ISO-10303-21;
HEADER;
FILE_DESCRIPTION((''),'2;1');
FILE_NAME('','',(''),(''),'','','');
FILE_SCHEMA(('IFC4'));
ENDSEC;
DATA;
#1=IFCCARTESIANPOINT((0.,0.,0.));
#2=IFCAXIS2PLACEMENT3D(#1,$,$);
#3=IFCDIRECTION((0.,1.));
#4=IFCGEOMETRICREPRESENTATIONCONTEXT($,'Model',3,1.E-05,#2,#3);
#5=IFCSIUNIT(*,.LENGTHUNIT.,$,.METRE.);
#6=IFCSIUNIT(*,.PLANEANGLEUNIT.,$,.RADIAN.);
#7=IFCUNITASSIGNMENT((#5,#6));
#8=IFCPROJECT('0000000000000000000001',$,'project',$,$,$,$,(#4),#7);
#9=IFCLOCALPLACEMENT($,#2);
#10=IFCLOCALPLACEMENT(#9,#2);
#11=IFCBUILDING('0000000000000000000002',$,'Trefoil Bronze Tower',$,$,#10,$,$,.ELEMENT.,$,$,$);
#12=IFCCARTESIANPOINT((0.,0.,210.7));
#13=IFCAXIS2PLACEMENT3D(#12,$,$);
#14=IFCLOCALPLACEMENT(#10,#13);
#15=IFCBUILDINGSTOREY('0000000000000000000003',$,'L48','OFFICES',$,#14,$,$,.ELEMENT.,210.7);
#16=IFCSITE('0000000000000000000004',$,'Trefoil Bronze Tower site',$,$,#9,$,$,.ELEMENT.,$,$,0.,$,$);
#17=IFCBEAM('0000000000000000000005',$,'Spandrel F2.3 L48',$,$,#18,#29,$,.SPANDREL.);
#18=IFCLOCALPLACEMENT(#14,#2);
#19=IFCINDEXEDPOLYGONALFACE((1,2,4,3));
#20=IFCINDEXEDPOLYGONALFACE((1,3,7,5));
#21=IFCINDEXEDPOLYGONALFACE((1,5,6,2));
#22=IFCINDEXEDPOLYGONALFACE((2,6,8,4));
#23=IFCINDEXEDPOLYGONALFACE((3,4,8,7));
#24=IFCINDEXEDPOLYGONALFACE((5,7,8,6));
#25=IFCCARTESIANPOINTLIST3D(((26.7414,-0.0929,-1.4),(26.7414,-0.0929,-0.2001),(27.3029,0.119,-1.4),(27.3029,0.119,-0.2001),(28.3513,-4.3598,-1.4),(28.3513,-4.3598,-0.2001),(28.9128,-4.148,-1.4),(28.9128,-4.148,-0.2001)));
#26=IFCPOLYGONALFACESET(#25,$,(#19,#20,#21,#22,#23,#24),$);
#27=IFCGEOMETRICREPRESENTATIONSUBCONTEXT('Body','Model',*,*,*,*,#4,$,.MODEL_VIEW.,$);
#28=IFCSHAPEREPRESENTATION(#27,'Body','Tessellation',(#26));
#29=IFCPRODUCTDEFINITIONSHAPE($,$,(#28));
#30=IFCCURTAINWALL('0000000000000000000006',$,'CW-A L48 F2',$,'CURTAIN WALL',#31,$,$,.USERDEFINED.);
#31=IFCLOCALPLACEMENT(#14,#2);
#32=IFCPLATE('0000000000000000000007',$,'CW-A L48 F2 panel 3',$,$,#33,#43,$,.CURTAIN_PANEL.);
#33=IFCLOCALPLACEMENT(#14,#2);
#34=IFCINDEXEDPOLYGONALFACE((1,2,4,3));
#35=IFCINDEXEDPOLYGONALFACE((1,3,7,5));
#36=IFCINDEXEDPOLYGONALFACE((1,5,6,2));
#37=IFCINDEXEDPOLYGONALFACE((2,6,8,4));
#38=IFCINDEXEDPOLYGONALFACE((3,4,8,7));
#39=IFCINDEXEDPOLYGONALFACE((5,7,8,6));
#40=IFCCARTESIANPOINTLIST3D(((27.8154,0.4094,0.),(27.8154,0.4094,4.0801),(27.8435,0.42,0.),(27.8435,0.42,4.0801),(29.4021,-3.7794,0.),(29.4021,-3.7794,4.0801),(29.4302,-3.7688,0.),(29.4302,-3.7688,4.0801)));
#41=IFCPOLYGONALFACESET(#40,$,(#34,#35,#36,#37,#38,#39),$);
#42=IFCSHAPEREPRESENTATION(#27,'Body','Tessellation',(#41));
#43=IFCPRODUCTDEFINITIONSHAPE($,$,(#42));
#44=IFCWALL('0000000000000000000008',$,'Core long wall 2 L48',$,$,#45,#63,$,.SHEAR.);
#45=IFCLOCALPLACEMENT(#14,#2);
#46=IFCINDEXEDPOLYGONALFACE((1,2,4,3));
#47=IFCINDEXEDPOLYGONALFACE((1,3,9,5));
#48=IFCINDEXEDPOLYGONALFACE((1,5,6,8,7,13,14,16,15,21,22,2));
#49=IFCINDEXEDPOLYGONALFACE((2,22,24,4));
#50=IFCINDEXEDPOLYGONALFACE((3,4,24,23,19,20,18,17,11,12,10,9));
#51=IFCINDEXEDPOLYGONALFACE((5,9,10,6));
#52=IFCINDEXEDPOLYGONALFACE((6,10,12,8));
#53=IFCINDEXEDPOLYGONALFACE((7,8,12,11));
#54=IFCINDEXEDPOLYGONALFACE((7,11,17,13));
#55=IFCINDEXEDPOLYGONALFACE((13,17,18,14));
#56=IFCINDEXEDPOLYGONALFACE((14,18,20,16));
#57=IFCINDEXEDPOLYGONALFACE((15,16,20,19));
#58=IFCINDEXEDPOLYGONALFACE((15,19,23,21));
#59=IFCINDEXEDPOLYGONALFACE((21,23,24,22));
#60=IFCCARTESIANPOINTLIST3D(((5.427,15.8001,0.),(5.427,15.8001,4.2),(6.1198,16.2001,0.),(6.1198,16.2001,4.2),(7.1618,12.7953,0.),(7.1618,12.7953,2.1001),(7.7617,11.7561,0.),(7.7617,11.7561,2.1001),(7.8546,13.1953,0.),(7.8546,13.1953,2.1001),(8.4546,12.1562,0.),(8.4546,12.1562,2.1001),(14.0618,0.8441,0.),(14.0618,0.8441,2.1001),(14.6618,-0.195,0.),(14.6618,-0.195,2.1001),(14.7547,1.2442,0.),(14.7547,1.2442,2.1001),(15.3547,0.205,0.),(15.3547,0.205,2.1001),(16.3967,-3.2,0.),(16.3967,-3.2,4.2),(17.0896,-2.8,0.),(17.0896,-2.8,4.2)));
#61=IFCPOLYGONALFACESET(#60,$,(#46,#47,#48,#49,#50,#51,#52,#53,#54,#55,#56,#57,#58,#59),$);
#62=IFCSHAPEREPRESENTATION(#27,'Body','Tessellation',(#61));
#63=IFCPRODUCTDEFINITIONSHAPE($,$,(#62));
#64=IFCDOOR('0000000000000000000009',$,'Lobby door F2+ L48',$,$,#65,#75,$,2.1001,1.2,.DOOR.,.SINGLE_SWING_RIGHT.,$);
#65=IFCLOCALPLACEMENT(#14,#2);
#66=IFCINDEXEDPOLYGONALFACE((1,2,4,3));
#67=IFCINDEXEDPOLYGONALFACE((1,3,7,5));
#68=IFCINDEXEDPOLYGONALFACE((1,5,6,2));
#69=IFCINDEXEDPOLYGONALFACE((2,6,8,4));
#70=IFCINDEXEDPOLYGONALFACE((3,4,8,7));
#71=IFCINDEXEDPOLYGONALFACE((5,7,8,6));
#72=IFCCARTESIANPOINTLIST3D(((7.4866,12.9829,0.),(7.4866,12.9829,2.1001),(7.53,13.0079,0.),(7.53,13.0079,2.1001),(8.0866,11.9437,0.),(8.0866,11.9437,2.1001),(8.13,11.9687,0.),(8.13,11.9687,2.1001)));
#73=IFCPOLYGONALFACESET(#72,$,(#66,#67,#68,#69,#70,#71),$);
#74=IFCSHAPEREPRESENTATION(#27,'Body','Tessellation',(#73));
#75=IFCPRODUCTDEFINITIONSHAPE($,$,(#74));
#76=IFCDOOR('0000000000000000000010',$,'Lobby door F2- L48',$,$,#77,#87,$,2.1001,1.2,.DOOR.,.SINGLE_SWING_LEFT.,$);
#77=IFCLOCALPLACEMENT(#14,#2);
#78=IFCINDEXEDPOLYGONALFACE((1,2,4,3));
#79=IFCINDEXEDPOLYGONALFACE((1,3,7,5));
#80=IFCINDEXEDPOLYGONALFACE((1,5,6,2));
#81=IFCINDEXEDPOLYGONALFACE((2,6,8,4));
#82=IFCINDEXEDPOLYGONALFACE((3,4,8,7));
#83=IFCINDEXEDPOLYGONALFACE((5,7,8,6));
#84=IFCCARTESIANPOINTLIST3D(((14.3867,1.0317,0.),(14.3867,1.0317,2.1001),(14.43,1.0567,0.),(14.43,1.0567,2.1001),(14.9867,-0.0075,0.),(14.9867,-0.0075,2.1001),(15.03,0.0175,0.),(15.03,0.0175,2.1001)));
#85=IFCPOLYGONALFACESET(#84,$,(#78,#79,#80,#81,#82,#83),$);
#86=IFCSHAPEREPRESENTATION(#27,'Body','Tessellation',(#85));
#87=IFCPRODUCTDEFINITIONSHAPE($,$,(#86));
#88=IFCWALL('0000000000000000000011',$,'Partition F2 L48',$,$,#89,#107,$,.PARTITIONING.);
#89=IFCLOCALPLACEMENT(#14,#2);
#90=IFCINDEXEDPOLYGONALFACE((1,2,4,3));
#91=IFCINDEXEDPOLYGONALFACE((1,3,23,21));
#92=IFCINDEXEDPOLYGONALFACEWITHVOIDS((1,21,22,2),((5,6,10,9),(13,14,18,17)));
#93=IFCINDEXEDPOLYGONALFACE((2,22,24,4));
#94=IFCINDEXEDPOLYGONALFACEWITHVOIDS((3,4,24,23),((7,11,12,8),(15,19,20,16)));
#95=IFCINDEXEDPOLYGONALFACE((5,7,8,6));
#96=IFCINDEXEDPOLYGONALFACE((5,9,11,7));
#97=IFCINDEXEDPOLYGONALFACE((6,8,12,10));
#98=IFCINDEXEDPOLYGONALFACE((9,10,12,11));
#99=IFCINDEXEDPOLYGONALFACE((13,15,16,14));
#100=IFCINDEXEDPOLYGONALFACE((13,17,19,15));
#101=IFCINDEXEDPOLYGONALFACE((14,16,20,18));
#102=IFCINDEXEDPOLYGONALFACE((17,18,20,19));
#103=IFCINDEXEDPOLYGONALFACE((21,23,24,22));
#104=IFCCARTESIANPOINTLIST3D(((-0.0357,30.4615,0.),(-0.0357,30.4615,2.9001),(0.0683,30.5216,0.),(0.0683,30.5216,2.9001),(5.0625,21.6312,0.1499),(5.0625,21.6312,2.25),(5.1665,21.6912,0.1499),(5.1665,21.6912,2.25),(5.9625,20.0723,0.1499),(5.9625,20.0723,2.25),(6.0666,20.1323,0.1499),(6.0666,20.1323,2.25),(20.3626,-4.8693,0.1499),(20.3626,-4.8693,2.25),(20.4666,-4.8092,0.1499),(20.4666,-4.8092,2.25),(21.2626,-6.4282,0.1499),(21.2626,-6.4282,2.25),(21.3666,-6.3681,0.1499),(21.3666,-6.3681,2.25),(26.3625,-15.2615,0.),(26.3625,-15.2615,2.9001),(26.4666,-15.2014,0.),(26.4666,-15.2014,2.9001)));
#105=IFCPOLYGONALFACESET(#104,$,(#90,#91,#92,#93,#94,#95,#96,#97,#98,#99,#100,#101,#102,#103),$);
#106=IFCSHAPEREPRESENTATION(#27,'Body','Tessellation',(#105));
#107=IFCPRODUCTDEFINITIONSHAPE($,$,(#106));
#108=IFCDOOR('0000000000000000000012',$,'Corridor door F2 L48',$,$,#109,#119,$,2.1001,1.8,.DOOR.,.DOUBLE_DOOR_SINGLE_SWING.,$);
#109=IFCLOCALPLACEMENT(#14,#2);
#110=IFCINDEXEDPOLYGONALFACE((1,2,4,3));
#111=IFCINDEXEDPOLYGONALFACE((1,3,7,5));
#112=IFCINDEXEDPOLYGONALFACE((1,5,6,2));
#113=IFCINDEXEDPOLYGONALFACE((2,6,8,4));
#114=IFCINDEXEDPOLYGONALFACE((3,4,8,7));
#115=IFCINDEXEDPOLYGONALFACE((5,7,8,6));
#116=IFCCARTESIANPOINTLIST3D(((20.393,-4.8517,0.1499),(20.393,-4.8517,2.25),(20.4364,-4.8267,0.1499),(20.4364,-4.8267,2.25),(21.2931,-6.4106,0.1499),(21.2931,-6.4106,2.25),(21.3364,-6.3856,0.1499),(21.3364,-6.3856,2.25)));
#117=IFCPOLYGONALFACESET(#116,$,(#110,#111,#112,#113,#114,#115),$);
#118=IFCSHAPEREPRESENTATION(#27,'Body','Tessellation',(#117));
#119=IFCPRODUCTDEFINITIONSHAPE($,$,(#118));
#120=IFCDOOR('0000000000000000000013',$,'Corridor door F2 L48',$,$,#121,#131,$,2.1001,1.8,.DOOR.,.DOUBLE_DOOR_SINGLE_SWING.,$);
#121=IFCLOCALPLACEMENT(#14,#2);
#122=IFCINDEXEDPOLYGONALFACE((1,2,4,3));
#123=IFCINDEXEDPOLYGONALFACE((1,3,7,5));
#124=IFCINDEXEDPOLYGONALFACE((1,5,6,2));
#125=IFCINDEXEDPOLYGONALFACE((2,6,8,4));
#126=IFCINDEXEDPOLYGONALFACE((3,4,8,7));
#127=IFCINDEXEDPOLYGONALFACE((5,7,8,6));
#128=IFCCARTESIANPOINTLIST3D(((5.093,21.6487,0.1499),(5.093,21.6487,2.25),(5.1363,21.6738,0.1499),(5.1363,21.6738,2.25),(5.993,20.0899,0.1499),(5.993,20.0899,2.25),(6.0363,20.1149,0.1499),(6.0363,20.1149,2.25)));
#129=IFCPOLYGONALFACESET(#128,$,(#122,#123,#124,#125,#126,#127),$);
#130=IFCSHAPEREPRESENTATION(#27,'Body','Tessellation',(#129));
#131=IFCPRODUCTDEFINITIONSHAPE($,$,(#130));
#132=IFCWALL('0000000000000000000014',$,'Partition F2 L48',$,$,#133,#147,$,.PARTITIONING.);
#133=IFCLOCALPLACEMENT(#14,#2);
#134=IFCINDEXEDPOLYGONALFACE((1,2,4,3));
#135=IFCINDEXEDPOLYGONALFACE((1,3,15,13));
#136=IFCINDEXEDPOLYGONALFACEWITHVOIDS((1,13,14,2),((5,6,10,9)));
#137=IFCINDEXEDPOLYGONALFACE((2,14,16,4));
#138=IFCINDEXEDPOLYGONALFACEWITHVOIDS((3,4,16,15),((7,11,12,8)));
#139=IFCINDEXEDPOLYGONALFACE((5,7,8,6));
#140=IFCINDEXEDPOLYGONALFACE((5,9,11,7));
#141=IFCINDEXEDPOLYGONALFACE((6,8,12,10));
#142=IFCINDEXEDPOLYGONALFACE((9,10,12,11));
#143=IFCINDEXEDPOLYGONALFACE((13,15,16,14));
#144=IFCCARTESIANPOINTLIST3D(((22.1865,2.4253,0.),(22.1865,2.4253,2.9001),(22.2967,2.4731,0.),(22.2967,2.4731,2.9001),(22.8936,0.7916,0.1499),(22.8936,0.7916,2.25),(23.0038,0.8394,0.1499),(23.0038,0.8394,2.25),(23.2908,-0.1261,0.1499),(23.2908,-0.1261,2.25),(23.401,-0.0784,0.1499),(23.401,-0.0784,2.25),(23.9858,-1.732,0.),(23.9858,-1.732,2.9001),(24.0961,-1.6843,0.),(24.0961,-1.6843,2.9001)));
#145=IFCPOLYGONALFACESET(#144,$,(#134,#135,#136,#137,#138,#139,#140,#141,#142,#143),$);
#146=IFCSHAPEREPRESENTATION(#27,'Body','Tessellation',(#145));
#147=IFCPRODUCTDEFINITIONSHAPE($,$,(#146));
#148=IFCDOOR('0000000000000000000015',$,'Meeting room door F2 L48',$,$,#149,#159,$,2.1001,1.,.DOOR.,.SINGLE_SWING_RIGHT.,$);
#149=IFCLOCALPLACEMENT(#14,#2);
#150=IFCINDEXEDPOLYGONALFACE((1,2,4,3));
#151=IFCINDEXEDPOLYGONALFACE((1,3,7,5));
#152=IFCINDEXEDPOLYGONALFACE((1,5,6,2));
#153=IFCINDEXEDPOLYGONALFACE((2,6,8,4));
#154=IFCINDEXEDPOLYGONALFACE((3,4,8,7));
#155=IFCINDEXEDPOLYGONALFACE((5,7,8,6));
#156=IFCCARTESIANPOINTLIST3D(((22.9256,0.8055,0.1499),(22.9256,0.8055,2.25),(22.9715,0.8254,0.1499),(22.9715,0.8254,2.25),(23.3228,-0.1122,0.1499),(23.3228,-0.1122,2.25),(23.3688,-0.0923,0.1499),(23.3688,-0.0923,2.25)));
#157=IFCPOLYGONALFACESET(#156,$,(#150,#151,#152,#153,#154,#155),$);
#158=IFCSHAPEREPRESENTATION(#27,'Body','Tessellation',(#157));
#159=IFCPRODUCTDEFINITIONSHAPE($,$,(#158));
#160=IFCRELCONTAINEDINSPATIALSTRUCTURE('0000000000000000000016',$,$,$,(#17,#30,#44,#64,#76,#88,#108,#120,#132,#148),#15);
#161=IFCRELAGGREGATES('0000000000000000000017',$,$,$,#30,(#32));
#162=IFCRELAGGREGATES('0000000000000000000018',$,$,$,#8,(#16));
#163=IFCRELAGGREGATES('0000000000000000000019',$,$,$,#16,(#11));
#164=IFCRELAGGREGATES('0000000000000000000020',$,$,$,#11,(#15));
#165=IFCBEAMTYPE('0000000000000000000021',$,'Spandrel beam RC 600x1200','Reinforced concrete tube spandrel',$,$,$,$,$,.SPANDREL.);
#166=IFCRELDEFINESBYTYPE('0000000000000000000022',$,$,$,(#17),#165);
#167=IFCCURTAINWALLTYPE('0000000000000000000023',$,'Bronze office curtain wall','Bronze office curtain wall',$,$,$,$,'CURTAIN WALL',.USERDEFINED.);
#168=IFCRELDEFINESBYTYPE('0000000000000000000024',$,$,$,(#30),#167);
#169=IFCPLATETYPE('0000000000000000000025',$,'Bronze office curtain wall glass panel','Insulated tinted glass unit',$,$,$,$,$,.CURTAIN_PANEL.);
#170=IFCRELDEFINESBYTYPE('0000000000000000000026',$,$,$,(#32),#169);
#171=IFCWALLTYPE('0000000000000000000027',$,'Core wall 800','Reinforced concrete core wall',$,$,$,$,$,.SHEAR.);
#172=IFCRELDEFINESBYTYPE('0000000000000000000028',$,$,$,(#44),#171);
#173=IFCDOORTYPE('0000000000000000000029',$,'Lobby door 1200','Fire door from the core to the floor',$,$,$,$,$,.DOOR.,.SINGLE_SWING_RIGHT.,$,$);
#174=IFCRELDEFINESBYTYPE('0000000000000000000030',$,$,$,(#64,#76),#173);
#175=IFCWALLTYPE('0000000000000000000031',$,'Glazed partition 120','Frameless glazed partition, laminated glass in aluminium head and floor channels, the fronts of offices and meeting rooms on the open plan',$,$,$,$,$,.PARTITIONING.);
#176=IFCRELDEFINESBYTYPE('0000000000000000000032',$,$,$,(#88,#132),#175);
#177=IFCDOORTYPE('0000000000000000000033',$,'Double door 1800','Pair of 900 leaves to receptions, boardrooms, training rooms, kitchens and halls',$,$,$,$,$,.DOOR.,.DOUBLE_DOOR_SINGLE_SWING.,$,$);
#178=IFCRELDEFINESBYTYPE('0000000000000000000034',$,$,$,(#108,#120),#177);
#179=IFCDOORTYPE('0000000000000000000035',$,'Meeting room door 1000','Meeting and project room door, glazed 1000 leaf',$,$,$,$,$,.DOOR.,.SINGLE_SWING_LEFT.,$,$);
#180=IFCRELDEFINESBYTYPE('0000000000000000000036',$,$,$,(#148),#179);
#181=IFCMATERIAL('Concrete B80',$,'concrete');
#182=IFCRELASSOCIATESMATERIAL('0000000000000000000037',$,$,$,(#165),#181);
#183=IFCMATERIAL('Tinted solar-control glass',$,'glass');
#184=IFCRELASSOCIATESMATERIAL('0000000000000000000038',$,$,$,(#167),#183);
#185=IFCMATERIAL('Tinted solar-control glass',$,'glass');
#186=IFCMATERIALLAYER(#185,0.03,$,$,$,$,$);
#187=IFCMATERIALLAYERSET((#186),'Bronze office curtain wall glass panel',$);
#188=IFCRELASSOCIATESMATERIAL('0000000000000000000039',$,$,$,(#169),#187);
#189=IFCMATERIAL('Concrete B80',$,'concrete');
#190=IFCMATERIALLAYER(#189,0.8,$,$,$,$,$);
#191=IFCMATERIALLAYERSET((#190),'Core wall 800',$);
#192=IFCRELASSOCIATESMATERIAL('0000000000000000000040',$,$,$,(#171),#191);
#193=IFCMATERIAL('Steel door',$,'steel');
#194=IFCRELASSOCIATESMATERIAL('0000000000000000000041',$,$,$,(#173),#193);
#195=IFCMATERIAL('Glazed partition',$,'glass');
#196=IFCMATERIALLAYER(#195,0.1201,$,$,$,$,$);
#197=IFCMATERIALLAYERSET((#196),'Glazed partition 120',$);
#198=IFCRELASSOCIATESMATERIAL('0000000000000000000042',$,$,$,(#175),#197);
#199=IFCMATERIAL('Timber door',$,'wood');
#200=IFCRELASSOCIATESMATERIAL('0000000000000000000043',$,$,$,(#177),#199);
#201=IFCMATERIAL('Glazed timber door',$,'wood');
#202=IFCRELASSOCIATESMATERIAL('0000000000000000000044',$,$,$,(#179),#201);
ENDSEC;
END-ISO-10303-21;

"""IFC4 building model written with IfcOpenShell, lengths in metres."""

from ifc_helpers import new_model, si_unit, direction, frame, frame_2d, origin, origin_2d, place, context, subcontext, project, spatial, rectangle, extrude, material, layer, layer_set, material_profile, profile_set, type_object, element, fill, aggregate, save


model = new_model("IFC4")

# Units and contexts
model_context = context("Model", 3, precision=1e-05, world=origin(), true_north=direction((0.0, 1.0)))
body_context = subcontext(model_context, "Body", "Model", "MODEL_VIEW")
ifc_project = project(units=[si_unit("LENGTHUNIT", "METRE"), si_unit("PLANEANGLEUNIT", "RADIAN")], contexts=[model_context])

# Site, building, storey
site_placement = place(None, origin())
site = spatial("IfcSite", under=ifc_project, at=site_placement, Name="Trefoil Bronze Tower site", CompositionType="ELEMENT", RefElevation=0.0)
building_placement = place(site_placement, origin())
building = spatial("IfcBuilding", under=site, at=building_placement, Name="Trefoil Bronze Tower", CompositionType="ELEMENT")
storey_placement = place(building_placement, frame((0.0, 0.0, 210.7)))
storey = spatial("IfcBuildingStorey", under=building, at=storey_placement, Name="L48", Description="OFFICES", CompositionType="ELEMENT", Elevation=210.7)

# Beam
ifc_material_1 = material(Name="Concrete B80", Category="concrete")
ifc_material_profile_1 = material_profile(ifc_material_1, rectangle(XDim=0.6001, YDim=1.2, at=origin_2d()), Name="RC 600x1200")
ifc_profile_set_1 = profile_set([ifc_material_profile_1], Name="Concrete B80")
beam_type_1 = type_object("IfcBeamType", Name="Spandrel beam RC 600x1200", Description="Reinforced concrete tube spandrel", PredefinedType="SPANDREL", material=ifc_profile_set_1)
beam_1_placement = place(storey_placement, frame((28.6321, -4.2539, -0.8), z_axis=(-0.353006, 0.935621, 0.0), x_axis=(-0.935621, -0.353006, 0.0)))
element("IfcBeam", 1, at=beam_1_placement, inside=storey, type_object=beam_type_1, Name="Spandrel F2.3 L48", PredefinedType="SPANDREL", context=body_context, shape_type="SweptSolid", body=[
    extrude(rectangle(XDim=0.6001, YDim=1.2, at=origin_2d()), origin(), (0.0, 0.0, 1.0), 4.5605),
])

# Curtain wall, plate
ifc_material_2 = material(Name="Tinted solar-control glass", Category="glass")
curtain_wall_type = type_object("IfcCurtainWallType", Name="Bronze office curtain wall", Description="Bronze office curtain wall", ElementType="CURTAIN WALL", PredefinedType="USERDEFINED", material=ifc_material_2)
curtain_wall_placement = place(storey_placement, origin())
curtain_wall = element("IfcCurtainWall", 2, at=curtain_wall_placement, inside=storey, type_object=curtain_wall_type, Name="CW-A L48 F2", ObjectType="CURTAIN WALL", PredefinedType="USERDEFINED")
ifc_material_3 = material(Name="Tinted solar-control glass", Category="glass")
ifc_layer_1 = layer(ifc_material_3, 0.03)
ifc_layer_set_1 = layer_set([ifc_layer_1], Name="Bronze office curtain wall glass panel")
plate_type = type_object("IfcPlateType", Name="Bronze office curtain wall glass panel", Description="Insulated tinted glass unit", PredefinedType="CURTAIN_PANEL", material=ifc_layer_set_1)
plate_placement = place(storey_placement, frame((28.6228, -1.6797, 0.0), z_axis=(0.0, 0.0, 1.0), x_axis=(-0.354234, 0.935157, 0.0)))
plate = element("IfcPlate", 3, at=plate_placement, type_object=plate_type, Name="CW-A L48 F2 panel 3", PredefinedType="CURTAIN_PANEL", context=body_context, shape_type="SweptSolid", body=[
    extrude(rectangle(XDim=4.4792, YDim=0.03, at=origin_2d()), origin(), (0.0, 0.0, 1.0), 4.0801),
])
aggregate(curtain_wall, [plate])

# Walls, openings, doors
ifc_material_4 = material(Name="Concrete B80", Category="concrete")
ifc_layer_2 = layer(ifc_material_4, 0.8)
ifc_layer_set_2 = layer_set([ifc_layer_2], Name="Core wall 800")
wall_type_1 = type_object("IfcWallType", Name="Core wall 800", Description="Reinforced concrete core wall", PredefinedType="SHEAR", material=ifc_layer_set_2)
wall_1_placement = place(storey_placement, frame((16.7432, -3.0, 0.0), z_axis=(0.0, 0.0, 1.0), x_axis=(-0.500002, 0.866024, 0.0)))
wall_1 = element("IfcWall", 4, at=wall_1_placement, inside=storey, type_object=wall_type_1, Name="Core long wall 2 L48", PredefinedType="SHEAR", context=body_context, shape_type="SweptSolid", body=[
    extrude(rectangle(XDim=21.9395, YDim=0.8, at=frame_2d((10.9697, 0.0))), origin(), (0.0, 0.0, 1.0), 4.2),
])
opening_1_placement = place(wall_1_placement, frame((17.2698, 0.0, 0.0)))
opening_1 = element("IfcOpeningElement", 5, at=opening_1_placement, cuts=wall_1, PredefinedType="OPENING", context=body_context, shape_type="SweptSolid", body=[
    extrude(rectangle(XDim=1.2, YDim=2.1001, at=frame_2d((0.6001, 1.05))), frame((0.0, 0.4099, 0.0), z_axis=(0.0, -1.0, 0.0), x_axis=(1.0, 0.0, 0.0)), (0.0, 0.0, 1.0), 0.8201),
])
opening_2_placement = place(wall_1_placement, frame((3.4697, 0.0, 0.0)))
opening_2 = element("IfcOpeningElement", 6, at=opening_2_placement, cuts=wall_1, PredefinedType="OPENING", context=body_context, shape_type="SweptSolid", body=[
    extrude(rectangle(XDim=1.2, YDim=2.1001, at=frame_2d((0.6001, 1.05))), frame((0.0, 0.4099, 0.0), z_axis=(0.0, -1.0, 0.0), x_axis=(1.0, 0.0, 0.0)), (0.0, 0.0, 1.0), 0.8201),
])
ifc_material_5 = material(Name="Steel door", Category="steel")
door_type_1 = type_object("IfcDoorType", Name="Lobby door 1200", Description="Fire door from the core to the floor", OperationType="SINGLE_SWING_RIGHT", PredefinedType="DOOR", material=ifc_material_5)
door_1_placement = place(opening_1_placement, origin())
door_1 = element("IfcDoor", 7, at=door_1_placement, inside=storey, type_object=door_type_1, Name="Lobby door F2+ L48", OperationType="SINGLE_SWING_RIGHT", OverallHeight=2.1001, OverallWidth=1.2, PredefinedType="DOOR", context=body_context, shape_type="SweptSolid", body=[
    extrude(rectangle(XDim=1.2, YDim=2.1001, at=frame_2d((0.6001, 1.05))), frame((0.0, 0.0249, 0.0), z_axis=(0.0, -1.0, 0.0), x_axis=(1.0, 0.0, 0.0)), (0.0, 0.0, 1.0), 0.05),
])
fill(opening_1, door_1)
door_2_placement = place(opening_2_placement, origin())
door_2 = element("IfcDoor", 8, at=door_2_placement, inside=storey, type_object=door_type_1, Name="Lobby door F2- L48", OperationType="SINGLE_SWING_LEFT", OverallHeight=2.1001, OverallWidth=1.2, PredefinedType="DOOR", context=body_context, shape_type="SweptSolid", body=[
    extrude(rectangle(XDim=1.2, YDim=2.1001, at=frame_2d((0.6001, 1.05))), frame((0.0, 0.0249, 0.0), z_axis=(0.0, -1.0, 0.0), x_axis=(1.0, 0.0, 0.0)), (0.0, 0.0, 1.0), 0.05),
])
fill(opening_2, door_2)
ifc_material_6 = material(Name="Glazed partition", Category="glass")
ifc_layer_3 = layer(ifc_material_6, 0.1201)
ifc_layer_set_3 = layer_set([ifc_layer_3], Name="Glazed partition 120")
wall_type_2 = type_object("IfcWallType", Name="Glazed partition 120", Description="Frameless glazed partition, laminated glass in aluminium head and floor channels, the fronts of offices and meeting rooms on the open plan", PredefinedType="PARTITIONING", material=ifc_layer_set_3)
wall_2_placement = place(storey_placement, frame((26.4146, -15.2314, 0.0), z_axis=(0.0, 0.0, 1.0), x_axis=(-0.500001, 0.866025, 0.0)))
wall_2 = element("IfcWall", 9, at=wall_2_placement, inside=storey, type_object=wall_type_2, Name="Partition F2 L48", PredefinedType="PARTITIONING", context=body_context, shape_type="SweptSolid", body=[
    extrude(rectangle(XDim=52.7964, YDim=0.1201, at=frame_2d((26.3982, 0.0))), origin(), (0.0, 0.0, 1.0), 2.9001),
])
opening_3_placement = place(wall_2_placement, frame((10.2, 0.0, 0.1499)))
opening_3 = element("IfcOpeningElement", 10, at=opening_3_placement, cuts=wall_2, PredefinedType="OPENING", context=body_context, shape_type="SweptSolid", body=[
    extrude(rectangle(XDim=1.8, YDim=2.1001, at=frame_2d((0.8999, 1.05))), frame((0.0, 0.0701, 0.0), z_axis=(0.0, -1.0, 0.0), x_axis=(1.0, 0.0, 0.0)), (0.0, 0.0, 1.0), 0.1401),
])
opening_4_placement = place(wall_2_placement, frame((40.8, 0.0, 0.1499)))
opening_4 = element("IfcOpeningElement", 11, at=opening_4_placement, cuts=wall_2, PredefinedType="OPENING", context=body_context, shape_type="SweptSolid", body=[
    extrude(rectangle(XDim=1.8, YDim=2.1001, at=frame_2d((0.8999, 1.05))), frame((0.0, 0.0701, 0.0), z_axis=(0.0, -1.0, 0.0), x_axis=(1.0, 0.0, 0.0)), (0.0, 0.0, 1.0), 0.1401),
])
ifc_material_7 = material(Name="Timber door", Category="wood")
door_type_2 = type_object("IfcDoorType", Name="Double door 1800", Description="Pair of 900 leaves to receptions, boardrooms, training rooms, kitchens and halls", OperationType="DOUBLE_DOOR_SINGLE_SWING", PredefinedType="DOOR", material=ifc_material_7)
door_3_placement = place(opening_3_placement, origin())
door_3 = element("IfcDoor", 12, at=door_3_placement, inside=storey, type_object=door_type_2, Name="Corridor door F2 L48", OperationType="DOUBLE_DOOR_SINGLE_SWING", OverallHeight=2.1001, OverallWidth=1.8, PredefinedType="DOOR", context=body_context, shape_type="SweptSolid", body=[
    extrude(rectangle(XDim=1.8, YDim=2.1001, at=frame_2d((0.8999, 1.05))), frame((0.0, 0.0249, 0.0), z_axis=(0.0, -1.0, 0.0), x_axis=(1.0, 0.0, 0.0)), (0.0, 0.0, 1.0), 0.05),
])
fill(opening_3, door_3)
door_4_placement = place(opening_4_placement, origin())
door_4 = element("IfcDoor", 13, at=door_4_placement, inside=storey, type_object=door_type_2, Name="Corridor door F2 L48", OperationType="DOUBLE_DOOR_SINGLE_SWING", OverallHeight=2.1001, OverallWidth=1.8, PredefinedType="DOOR", context=body_context, shape_type="SweptSolid", body=[
    extrude(rectangle(XDim=1.8, YDim=2.1001, at=frame_2d((0.8999, 1.05))), frame((0.0, 0.0249, 0.0), z_axis=(0.0, -1.0, 0.0), x_axis=(1.0, 0.0, 0.0)), (0.0, 0.0, 1.0), 0.05),
])
fill(opening_4, door_4)

# Wall, opening, door
wall_3_placement = place(storey_placement, frame((24.041, -1.7083, 0.0), z_axis=(0.0, 0.0, 1.0), x_axis=(-0.397208, 0.917729, 0.0)))
wall_3 = element("IfcWall", 14, at=wall_3_placement, inside=storey, type_object=wall_type_2, Name="Partition F2 L48", PredefinedType="PARTITIONING", context=body_context, shape_type="SweptSolid", body=[
    extrude(rectangle(XDim=4.53, YDim=0.1201, at=frame_2d((2.2651, 0.0))), origin(), (0.0, 0.0, 1.0), 2.9001),
])
opening_5_placement = place(wall_3_placement, frame((1.75, 0.0, 0.1499)))
opening_5 = element("IfcOpeningElement", 15, at=opening_5_placement, cuts=wall_3, PredefinedType="OPENING", context=body_context, shape_type="SweptSolid", body=[
    extrude(rectangle(XDim=1.0, YDim=2.1001, at=frame_2d((0.5, 1.05))), frame((0.0, 0.0701, 0.0), z_axis=(0.0, -1.0, 0.0), x_axis=(1.0, 0.0, 0.0)), (0.0, 0.0, 1.0), 0.1401),
])
ifc_material_8 = material(Name="Glazed timber door", Category="wood")
door_type_3 = type_object("IfcDoorType", Name="Meeting room door 1000", Description="Meeting and project room door, glazed 1000 leaf", OperationType="SINGLE_SWING_LEFT", PredefinedType="DOOR", material=ifc_material_8)
door_5_placement = place(opening_5_placement, frame((1.0, 0.0, 0.0), z_axis=(0.0, 0.0, 1.0), x_axis=(-1.0, 0.0, 0.0)))
door_5 = element("IfcDoor", 16, at=door_5_placement, inside=storey, type_object=door_type_3, Name="Meeting room door F2 L48", OperationType="SINGLE_SWING_RIGHT", OverallHeight=2.1001, OverallWidth=1.0, PredefinedType="DOOR", context=body_context, shape_type="SweptSolid", body=[
    extrude(rectangle(XDim=1.0, YDim=2.1001, at=frame_2d((0.5, 1.05))), frame((0.0, 0.0249, 0.0), z_axis=(0.0, -1.0, 0.0), x_axis=(1.0, 0.0, 0.0)), (0.0, 0.0, 1.0), 0.05),
])
fill(opening_5, door_5)

save(model, "model.ifc")
